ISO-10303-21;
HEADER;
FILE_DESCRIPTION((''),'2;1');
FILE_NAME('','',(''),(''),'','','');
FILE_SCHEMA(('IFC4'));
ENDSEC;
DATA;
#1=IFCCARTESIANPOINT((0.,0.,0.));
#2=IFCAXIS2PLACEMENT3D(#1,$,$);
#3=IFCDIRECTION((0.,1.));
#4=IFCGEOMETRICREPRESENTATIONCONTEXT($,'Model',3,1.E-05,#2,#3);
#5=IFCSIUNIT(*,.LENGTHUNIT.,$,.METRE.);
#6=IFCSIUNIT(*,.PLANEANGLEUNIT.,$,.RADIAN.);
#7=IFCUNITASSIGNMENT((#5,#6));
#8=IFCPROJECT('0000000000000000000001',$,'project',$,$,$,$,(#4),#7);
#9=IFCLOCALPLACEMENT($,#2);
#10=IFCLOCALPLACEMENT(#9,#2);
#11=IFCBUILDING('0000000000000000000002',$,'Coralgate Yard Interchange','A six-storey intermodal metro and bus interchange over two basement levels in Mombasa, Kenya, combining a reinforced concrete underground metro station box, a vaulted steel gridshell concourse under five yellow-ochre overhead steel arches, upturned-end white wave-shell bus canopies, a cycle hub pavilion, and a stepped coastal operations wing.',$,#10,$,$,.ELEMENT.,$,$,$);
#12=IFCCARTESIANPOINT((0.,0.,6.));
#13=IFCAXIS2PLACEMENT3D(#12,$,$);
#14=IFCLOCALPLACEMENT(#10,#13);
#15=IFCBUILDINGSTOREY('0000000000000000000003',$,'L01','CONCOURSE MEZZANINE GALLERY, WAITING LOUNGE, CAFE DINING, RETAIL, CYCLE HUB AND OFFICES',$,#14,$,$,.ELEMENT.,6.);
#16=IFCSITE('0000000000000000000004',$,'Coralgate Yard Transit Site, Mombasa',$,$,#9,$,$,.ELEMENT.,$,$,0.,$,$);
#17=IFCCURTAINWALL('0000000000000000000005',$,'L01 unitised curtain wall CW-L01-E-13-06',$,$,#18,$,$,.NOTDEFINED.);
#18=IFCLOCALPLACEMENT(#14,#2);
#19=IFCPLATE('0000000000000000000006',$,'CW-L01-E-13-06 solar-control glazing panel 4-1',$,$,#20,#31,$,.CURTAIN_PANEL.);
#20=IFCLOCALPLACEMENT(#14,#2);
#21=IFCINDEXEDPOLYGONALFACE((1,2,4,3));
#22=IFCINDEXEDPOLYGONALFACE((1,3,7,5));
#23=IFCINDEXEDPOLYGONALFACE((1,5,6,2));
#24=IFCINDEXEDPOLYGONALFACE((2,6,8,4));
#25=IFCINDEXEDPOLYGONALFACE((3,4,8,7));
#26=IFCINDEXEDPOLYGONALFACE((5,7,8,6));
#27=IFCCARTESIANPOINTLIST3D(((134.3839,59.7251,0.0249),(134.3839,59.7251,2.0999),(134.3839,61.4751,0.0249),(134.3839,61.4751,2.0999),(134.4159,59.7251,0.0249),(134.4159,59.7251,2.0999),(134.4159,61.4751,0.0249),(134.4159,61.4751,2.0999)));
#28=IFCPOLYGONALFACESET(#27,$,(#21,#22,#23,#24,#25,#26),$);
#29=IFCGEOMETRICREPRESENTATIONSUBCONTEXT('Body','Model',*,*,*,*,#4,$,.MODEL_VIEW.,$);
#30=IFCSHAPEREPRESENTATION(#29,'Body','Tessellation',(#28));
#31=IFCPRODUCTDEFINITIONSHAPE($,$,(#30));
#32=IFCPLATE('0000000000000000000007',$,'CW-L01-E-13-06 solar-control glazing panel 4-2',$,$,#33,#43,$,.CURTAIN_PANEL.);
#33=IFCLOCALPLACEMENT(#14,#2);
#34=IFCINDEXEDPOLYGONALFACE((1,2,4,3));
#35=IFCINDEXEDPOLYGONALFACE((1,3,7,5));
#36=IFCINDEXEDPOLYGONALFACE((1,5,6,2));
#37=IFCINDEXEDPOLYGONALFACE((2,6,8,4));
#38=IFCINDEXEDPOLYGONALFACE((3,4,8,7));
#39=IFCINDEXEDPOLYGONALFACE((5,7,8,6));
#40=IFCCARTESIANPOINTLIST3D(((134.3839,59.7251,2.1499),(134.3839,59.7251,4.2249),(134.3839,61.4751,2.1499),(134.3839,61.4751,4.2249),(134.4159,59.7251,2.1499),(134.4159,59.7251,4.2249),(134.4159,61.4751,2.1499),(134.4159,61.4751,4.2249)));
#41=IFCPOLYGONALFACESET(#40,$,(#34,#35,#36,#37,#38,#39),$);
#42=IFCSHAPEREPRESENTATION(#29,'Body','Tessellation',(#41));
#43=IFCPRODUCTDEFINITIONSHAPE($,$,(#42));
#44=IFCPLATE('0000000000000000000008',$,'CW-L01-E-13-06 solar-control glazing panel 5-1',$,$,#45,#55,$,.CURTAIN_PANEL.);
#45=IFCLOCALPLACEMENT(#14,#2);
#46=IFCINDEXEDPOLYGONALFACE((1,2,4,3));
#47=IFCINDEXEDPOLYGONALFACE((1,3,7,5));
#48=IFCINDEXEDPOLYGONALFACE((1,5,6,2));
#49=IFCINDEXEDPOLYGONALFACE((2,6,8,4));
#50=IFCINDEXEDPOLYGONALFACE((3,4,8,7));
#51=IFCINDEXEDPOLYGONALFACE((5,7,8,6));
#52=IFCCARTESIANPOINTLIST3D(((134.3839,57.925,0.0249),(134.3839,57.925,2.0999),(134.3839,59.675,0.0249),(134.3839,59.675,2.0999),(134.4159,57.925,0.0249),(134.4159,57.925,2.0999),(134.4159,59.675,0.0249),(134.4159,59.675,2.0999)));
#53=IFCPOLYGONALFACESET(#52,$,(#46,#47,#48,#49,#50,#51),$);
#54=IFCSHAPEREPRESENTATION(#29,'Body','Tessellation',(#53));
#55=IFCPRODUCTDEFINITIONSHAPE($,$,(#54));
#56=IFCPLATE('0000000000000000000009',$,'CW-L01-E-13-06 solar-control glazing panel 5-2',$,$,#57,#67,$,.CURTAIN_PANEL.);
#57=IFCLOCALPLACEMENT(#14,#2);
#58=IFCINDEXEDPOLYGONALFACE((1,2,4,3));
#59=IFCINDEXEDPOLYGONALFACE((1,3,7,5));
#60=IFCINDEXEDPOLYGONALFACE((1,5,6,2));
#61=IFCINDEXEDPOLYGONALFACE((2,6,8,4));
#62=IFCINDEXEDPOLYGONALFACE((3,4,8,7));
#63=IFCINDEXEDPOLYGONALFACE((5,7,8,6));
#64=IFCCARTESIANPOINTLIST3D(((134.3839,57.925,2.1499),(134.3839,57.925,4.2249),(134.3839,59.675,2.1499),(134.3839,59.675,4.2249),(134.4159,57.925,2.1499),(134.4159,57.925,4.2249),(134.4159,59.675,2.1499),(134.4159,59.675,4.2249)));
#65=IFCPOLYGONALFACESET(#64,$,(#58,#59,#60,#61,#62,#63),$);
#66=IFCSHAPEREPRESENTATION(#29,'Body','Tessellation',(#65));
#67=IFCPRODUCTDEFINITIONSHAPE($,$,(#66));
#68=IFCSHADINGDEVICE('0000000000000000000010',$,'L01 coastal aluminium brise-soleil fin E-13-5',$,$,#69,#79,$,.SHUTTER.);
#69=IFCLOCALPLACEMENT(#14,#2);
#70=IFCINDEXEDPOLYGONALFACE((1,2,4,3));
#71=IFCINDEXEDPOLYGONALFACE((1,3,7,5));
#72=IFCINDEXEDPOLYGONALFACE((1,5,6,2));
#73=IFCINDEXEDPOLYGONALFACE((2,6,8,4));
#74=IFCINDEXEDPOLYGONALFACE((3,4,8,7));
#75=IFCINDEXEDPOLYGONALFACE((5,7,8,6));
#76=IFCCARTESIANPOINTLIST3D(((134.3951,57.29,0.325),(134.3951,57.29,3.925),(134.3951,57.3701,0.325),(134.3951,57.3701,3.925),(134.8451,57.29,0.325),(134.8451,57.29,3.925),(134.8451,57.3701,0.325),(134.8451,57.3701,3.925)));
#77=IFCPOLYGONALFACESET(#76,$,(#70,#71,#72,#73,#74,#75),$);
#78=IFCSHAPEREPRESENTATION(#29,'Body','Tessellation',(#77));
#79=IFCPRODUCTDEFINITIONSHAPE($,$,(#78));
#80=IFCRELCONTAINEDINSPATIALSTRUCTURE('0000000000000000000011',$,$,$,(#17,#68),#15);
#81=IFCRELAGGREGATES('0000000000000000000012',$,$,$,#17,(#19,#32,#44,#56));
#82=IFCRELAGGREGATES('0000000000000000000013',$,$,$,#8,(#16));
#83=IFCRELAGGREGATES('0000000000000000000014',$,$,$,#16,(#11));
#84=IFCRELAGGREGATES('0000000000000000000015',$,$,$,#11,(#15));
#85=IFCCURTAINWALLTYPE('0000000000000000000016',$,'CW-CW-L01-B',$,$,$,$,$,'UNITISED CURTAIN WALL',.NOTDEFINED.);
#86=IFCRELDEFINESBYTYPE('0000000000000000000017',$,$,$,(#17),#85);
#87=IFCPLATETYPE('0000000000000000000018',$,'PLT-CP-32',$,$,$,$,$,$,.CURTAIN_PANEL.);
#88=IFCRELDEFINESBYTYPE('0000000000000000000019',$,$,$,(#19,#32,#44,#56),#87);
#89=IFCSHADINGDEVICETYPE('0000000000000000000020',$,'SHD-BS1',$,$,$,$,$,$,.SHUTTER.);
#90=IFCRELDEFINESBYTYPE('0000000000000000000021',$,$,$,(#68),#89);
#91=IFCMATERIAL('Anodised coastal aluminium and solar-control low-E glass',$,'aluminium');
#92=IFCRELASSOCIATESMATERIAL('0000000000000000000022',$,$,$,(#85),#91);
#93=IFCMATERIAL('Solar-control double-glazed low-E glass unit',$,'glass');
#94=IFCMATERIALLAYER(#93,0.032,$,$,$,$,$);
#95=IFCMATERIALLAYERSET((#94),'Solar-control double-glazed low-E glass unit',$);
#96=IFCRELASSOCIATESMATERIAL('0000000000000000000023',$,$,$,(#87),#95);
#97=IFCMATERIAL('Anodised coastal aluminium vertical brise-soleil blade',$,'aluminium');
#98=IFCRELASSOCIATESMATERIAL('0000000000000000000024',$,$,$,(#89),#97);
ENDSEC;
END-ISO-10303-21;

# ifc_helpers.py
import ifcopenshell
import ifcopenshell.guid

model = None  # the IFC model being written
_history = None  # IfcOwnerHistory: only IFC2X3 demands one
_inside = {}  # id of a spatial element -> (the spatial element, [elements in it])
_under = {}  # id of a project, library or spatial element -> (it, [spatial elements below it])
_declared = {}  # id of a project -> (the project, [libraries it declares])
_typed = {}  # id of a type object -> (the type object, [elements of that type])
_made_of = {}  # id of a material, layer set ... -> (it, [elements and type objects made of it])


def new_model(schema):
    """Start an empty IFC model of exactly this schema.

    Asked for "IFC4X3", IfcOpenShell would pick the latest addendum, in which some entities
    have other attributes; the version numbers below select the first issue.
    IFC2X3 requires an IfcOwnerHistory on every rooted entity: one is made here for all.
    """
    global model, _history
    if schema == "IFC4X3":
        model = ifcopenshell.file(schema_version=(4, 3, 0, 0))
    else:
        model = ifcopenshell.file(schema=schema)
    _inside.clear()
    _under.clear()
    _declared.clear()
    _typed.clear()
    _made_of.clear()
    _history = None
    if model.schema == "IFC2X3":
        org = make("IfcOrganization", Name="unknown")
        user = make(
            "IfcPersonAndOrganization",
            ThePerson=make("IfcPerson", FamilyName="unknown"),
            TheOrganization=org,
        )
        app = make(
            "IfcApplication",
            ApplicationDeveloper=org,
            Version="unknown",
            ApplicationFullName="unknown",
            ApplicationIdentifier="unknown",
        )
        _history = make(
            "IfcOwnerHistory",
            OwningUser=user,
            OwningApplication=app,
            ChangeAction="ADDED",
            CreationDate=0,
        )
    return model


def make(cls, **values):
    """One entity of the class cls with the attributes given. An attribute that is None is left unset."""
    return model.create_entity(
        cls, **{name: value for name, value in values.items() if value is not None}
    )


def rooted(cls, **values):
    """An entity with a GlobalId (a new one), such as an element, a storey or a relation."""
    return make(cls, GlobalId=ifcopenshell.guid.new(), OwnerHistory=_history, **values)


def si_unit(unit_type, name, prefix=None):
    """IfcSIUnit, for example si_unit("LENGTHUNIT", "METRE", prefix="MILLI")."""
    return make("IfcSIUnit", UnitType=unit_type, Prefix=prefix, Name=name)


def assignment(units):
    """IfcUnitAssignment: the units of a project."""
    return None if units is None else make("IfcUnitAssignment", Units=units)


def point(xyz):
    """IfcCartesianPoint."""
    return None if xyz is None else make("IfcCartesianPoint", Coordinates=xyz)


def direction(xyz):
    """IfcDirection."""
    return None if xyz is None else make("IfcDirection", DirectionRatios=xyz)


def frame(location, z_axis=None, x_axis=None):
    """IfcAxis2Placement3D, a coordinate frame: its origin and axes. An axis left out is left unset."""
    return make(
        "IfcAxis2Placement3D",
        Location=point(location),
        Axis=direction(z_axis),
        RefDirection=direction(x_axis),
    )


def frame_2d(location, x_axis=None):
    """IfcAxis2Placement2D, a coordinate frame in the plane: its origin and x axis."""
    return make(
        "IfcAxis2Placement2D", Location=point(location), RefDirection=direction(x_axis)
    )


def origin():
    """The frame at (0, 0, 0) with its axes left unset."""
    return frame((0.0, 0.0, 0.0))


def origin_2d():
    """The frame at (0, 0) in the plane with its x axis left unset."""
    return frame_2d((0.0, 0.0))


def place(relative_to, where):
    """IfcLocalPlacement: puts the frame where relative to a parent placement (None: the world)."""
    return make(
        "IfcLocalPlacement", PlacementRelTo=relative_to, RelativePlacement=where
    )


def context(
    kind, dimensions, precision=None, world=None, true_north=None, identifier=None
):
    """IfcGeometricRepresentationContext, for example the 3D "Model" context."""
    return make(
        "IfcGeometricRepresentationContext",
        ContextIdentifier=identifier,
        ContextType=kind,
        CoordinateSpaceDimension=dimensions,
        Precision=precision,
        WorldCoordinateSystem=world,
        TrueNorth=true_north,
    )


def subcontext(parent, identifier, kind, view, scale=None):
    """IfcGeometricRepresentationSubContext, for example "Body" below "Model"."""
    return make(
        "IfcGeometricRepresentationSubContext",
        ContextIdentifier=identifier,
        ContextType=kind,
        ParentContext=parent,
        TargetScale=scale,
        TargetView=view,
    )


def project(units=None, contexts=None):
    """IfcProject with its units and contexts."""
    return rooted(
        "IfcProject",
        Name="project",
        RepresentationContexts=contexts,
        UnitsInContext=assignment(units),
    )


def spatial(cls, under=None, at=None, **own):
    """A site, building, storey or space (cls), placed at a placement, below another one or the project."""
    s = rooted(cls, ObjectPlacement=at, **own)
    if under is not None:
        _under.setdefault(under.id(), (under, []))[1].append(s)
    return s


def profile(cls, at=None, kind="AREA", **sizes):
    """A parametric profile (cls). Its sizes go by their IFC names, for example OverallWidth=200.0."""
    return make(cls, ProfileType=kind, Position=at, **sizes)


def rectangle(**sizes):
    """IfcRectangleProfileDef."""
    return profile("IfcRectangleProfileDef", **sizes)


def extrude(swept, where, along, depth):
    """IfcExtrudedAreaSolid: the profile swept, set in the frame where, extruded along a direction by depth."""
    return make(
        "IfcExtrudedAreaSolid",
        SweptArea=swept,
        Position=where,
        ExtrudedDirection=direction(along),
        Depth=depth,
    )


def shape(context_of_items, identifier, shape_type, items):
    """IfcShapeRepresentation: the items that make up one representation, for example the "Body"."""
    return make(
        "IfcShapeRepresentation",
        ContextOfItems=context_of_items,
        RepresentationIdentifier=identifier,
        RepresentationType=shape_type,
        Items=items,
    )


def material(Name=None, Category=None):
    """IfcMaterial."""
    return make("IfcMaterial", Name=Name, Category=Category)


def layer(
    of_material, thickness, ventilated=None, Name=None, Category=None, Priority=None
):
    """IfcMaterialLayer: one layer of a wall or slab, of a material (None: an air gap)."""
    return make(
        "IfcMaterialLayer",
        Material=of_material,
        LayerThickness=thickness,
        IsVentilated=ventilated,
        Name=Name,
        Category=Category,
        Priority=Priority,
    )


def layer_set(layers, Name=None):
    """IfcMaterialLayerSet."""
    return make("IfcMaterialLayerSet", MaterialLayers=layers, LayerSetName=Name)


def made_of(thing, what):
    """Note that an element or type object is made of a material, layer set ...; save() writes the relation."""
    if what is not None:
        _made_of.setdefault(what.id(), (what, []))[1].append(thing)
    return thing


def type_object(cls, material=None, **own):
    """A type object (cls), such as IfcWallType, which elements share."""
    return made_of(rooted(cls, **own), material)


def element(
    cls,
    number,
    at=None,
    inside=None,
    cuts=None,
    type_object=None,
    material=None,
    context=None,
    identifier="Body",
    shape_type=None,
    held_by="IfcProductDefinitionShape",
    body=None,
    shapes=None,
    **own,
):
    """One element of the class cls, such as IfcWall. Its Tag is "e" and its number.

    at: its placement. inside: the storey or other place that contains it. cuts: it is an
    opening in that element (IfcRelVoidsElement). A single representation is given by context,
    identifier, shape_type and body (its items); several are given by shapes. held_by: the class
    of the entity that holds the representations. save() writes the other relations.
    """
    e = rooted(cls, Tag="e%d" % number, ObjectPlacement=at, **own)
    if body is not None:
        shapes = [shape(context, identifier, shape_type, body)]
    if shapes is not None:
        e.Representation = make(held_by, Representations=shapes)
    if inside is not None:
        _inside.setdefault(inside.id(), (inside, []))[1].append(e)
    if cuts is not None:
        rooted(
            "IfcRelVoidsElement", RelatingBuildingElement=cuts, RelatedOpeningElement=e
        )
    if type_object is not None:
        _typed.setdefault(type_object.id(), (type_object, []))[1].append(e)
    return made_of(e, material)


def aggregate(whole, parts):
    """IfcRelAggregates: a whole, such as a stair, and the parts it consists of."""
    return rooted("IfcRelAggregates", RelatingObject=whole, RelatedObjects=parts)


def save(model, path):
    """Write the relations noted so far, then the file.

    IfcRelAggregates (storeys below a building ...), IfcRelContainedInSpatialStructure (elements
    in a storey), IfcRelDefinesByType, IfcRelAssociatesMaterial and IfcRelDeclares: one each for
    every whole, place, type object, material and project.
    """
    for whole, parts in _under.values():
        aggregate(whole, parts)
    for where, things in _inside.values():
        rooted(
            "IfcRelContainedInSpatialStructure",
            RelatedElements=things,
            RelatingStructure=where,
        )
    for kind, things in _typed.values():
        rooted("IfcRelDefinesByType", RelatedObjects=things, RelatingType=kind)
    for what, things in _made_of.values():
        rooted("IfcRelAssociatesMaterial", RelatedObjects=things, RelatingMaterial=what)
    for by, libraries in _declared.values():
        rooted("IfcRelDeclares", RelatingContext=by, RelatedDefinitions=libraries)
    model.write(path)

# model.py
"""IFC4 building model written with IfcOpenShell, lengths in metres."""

from ifc_helpers import new_model, si_unit, direction, frame, origin, origin_2d, place, context, subcontext, project, spatial, rectangle, extrude, material, layer, layer_set, type_object, element, aggregate, save


model = new_model("IFC4")

# Units and contexts
model_context = context("Model", 3, precision=1e-05, world=origin(), true_north=direction((0.0, 1.0)))
body_context = subcontext(model_context, "Body", "Model", "MODEL_VIEW")
ifc_project = project(units=[si_unit("LENGTHUNIT", "METRE"), si_unit("PLANEANGLEUNIT", "RADIAN")], contexts=[model_context])

# Site, building, storey
site_placement = place(None, origin())
site = spatial("IfcSite", under=ifc_project, at=site_placement, Name="Coralgate Yard Transit Site, Mombasa", CompositionType="ELEMENT", RefElevation=0.0)
building_placement = place(site_placement, origin())
building = spatial("IfcBuilding", under=site, at=building_placement, Name="Coralgate Yard Interchange", Description="A six-storey intermodal metro and bus interchange over two basement levels in Mombasa, Kenya, combining a reinforced concrete underground metro station box, a vaulted steel gridshell concourse under five yellow-ochre overhead steel arches, upturned-end white wave-shell bus canopies, a cycle hub pavilion, and a stepped coastal operations wing.", CompositionType="ELEMENT")
storey_placement = place(building_placement, frame((0.0, 0.0, 6.0)))
storey = spatial("IfcBuildingStorey", under=building, at=storey_placement, Name="L01", Description="CONCOURSE MEZZANINE GALLERY, WAITING LOUNGE, CAFE DINING, RETAIL, CYCLE HUB AND OFFICES", CompositionType="ELEMENT", Elevation=6.0)

# Curtain wall
ifc_material_1 = material(Name="Anodised coastal aluminium and solar-control low-E glass", Category="aluminium")
curtain_wall_type = type_object("IfcCurtainWallType", Name="CW-CW-L01-B", ElementType="UNITISED CURTAIN WALL", PredefinedType="NOTDEFINED", material=ifc_material_1)
curtain_wall_1_placement = place(storey_placement, origin())
curtain_wall_1 = element("IfcCurtainWall", 1, at=curtain_wall_1_placement, inside=storey, type_object=curtain_wall_type, Name="L01 unitised curtain wall CW-L01-E-13-06", PredefinedType="NOTDEFINED")

# Plates
ifc_material_2 = material(Name="Solar-control double-glazed low-E glass unit", Category="glass")
ifc_layer = layer(ifc_material_2, 0.032)
ifc_layer_set = layer_set([ifc_layer], Name="Solar-control double-glazed low-E glass unit")
plate_type = type_object("IfcPlateType", Name="PLT-CP-32", PredefinedType="CURTAIN_PANEL", material=ifc_layer_set)
plate_1_placement = place(storey_placement, frame((134.3999, 60.6001, 0.0249), z_axis=(0.0, 0.0, 1.0), x_axis=(0.0, -1.0, 0.0)))
plate_1 = element("IfcPlate", 2, at=plate_1_placement, type_object=plate_type, Name="CW-L01-E-13-06 solar-control glazing panel 4-1", PredefinedType="CURTAIN_PANEL", context=body_context, shape_type="SweptSolid", body=[
    extrude(rectangle(XDim=1.75, YDim=0.032, at=origin_2d()), origin(), (0.0, 0.0, 1.0), 2.075),
])
plate_2_placement = place(storey_placement, frame((134.3999, 60.6001, 2.1499), z_axis=(0.0, 0.0, 1.0), x_axis=(0.0, -1.0, 0.0)))
plate_2 = element("IfcPlate", 3, at=plate_2_placement, type_object=plate_type, Name="CW-L01-E-13-06 solar-control glazing panel 4-2", PredefinedType="CURTAIN_PANEL", context=body_context, shape_type="SweptSolid", body=[
    extrude(rectangle(XDim=1.75, YDim=0.032, at=origin_2d()), origin(), (0.0, 0.0, 1.0), 2.075),
])
plate_3_placement = place(storey_placement, frame((134.3999, 58.8, 0.0249), z_axis=(0.0, 0.0, 1.0), x_axis=(0.0, -1.0, 0.0)))
plate_3 = element("IfcPlate", 4, at=plate_3_placement, type_object=plate_type, Name="CW-L01-E-13-06 solar-control glazing panel 5-1", PredefinedType="CURTAIN_PANEL", context=body_context, shape_type="SweptSolid", body=[
    extrude(rectangle(XDim=1.75, YDim=0.032, at=origin_2d()), origin(), (0.0, 0.0, 1.0), 2.075),
])
plate_4_placement = place(storey_placement, frame((134.3999, 58.8, 2.1499), z_axis=(0.0, 0.0, 1.0), x_axis=(0.0, -1.0, 0.0)))
plate_4 = element("IfcPlate", 5, at=plate_4_placement, type_object=plate_type, Name="CW-L01-E-13-06 solar-control glazing panel 5-2", PredefinedType="CURTAIN_PANEL", context=body_context, shape_type="SweptSolid", body=[
    extrude(rectangle(XDim=1.75, YDim=0.032, at=origin_2d()), origin(), (0.0, 0.0, 1.0), 2.075),
])
aggregate(curtain_wall_1, [plate_1, plate_2, plate_3, plate_4])

# Shading device
ifc_material_3 = material(Name="Anodised coastal aluminium vertical brise-soleil blade", Category="aluminium")
shading_device_type = type_object("IfcShadingDeviceType", Name="SHD-BS1", PredefinedType="SHUTTER", material=ifc_material_3)
shading_device_placement = place(storey_placement, frame((134.6201, 57.3301, 0.325), z_axis=(0.0, 0.0, 1.0), x_axis=(0.0, -1.0, 0.0)))
element("IfcShadingDevice", 6, at=shading_device_placement, inside=storey, type_object=shading_device_type, Name="L01 coastal aluminium brise-soleil fin E-13-5", PredefinedType="SHUTTER", context=body_context, shape_type="SweptSolid", body=[
    extrude(rectangle(XDim=0.0801, YDim=0.45, at=origin_2d()), origin(), (0.0, 0.0, 1.0), 3.6001),
])

save(model, "model.ifc")
